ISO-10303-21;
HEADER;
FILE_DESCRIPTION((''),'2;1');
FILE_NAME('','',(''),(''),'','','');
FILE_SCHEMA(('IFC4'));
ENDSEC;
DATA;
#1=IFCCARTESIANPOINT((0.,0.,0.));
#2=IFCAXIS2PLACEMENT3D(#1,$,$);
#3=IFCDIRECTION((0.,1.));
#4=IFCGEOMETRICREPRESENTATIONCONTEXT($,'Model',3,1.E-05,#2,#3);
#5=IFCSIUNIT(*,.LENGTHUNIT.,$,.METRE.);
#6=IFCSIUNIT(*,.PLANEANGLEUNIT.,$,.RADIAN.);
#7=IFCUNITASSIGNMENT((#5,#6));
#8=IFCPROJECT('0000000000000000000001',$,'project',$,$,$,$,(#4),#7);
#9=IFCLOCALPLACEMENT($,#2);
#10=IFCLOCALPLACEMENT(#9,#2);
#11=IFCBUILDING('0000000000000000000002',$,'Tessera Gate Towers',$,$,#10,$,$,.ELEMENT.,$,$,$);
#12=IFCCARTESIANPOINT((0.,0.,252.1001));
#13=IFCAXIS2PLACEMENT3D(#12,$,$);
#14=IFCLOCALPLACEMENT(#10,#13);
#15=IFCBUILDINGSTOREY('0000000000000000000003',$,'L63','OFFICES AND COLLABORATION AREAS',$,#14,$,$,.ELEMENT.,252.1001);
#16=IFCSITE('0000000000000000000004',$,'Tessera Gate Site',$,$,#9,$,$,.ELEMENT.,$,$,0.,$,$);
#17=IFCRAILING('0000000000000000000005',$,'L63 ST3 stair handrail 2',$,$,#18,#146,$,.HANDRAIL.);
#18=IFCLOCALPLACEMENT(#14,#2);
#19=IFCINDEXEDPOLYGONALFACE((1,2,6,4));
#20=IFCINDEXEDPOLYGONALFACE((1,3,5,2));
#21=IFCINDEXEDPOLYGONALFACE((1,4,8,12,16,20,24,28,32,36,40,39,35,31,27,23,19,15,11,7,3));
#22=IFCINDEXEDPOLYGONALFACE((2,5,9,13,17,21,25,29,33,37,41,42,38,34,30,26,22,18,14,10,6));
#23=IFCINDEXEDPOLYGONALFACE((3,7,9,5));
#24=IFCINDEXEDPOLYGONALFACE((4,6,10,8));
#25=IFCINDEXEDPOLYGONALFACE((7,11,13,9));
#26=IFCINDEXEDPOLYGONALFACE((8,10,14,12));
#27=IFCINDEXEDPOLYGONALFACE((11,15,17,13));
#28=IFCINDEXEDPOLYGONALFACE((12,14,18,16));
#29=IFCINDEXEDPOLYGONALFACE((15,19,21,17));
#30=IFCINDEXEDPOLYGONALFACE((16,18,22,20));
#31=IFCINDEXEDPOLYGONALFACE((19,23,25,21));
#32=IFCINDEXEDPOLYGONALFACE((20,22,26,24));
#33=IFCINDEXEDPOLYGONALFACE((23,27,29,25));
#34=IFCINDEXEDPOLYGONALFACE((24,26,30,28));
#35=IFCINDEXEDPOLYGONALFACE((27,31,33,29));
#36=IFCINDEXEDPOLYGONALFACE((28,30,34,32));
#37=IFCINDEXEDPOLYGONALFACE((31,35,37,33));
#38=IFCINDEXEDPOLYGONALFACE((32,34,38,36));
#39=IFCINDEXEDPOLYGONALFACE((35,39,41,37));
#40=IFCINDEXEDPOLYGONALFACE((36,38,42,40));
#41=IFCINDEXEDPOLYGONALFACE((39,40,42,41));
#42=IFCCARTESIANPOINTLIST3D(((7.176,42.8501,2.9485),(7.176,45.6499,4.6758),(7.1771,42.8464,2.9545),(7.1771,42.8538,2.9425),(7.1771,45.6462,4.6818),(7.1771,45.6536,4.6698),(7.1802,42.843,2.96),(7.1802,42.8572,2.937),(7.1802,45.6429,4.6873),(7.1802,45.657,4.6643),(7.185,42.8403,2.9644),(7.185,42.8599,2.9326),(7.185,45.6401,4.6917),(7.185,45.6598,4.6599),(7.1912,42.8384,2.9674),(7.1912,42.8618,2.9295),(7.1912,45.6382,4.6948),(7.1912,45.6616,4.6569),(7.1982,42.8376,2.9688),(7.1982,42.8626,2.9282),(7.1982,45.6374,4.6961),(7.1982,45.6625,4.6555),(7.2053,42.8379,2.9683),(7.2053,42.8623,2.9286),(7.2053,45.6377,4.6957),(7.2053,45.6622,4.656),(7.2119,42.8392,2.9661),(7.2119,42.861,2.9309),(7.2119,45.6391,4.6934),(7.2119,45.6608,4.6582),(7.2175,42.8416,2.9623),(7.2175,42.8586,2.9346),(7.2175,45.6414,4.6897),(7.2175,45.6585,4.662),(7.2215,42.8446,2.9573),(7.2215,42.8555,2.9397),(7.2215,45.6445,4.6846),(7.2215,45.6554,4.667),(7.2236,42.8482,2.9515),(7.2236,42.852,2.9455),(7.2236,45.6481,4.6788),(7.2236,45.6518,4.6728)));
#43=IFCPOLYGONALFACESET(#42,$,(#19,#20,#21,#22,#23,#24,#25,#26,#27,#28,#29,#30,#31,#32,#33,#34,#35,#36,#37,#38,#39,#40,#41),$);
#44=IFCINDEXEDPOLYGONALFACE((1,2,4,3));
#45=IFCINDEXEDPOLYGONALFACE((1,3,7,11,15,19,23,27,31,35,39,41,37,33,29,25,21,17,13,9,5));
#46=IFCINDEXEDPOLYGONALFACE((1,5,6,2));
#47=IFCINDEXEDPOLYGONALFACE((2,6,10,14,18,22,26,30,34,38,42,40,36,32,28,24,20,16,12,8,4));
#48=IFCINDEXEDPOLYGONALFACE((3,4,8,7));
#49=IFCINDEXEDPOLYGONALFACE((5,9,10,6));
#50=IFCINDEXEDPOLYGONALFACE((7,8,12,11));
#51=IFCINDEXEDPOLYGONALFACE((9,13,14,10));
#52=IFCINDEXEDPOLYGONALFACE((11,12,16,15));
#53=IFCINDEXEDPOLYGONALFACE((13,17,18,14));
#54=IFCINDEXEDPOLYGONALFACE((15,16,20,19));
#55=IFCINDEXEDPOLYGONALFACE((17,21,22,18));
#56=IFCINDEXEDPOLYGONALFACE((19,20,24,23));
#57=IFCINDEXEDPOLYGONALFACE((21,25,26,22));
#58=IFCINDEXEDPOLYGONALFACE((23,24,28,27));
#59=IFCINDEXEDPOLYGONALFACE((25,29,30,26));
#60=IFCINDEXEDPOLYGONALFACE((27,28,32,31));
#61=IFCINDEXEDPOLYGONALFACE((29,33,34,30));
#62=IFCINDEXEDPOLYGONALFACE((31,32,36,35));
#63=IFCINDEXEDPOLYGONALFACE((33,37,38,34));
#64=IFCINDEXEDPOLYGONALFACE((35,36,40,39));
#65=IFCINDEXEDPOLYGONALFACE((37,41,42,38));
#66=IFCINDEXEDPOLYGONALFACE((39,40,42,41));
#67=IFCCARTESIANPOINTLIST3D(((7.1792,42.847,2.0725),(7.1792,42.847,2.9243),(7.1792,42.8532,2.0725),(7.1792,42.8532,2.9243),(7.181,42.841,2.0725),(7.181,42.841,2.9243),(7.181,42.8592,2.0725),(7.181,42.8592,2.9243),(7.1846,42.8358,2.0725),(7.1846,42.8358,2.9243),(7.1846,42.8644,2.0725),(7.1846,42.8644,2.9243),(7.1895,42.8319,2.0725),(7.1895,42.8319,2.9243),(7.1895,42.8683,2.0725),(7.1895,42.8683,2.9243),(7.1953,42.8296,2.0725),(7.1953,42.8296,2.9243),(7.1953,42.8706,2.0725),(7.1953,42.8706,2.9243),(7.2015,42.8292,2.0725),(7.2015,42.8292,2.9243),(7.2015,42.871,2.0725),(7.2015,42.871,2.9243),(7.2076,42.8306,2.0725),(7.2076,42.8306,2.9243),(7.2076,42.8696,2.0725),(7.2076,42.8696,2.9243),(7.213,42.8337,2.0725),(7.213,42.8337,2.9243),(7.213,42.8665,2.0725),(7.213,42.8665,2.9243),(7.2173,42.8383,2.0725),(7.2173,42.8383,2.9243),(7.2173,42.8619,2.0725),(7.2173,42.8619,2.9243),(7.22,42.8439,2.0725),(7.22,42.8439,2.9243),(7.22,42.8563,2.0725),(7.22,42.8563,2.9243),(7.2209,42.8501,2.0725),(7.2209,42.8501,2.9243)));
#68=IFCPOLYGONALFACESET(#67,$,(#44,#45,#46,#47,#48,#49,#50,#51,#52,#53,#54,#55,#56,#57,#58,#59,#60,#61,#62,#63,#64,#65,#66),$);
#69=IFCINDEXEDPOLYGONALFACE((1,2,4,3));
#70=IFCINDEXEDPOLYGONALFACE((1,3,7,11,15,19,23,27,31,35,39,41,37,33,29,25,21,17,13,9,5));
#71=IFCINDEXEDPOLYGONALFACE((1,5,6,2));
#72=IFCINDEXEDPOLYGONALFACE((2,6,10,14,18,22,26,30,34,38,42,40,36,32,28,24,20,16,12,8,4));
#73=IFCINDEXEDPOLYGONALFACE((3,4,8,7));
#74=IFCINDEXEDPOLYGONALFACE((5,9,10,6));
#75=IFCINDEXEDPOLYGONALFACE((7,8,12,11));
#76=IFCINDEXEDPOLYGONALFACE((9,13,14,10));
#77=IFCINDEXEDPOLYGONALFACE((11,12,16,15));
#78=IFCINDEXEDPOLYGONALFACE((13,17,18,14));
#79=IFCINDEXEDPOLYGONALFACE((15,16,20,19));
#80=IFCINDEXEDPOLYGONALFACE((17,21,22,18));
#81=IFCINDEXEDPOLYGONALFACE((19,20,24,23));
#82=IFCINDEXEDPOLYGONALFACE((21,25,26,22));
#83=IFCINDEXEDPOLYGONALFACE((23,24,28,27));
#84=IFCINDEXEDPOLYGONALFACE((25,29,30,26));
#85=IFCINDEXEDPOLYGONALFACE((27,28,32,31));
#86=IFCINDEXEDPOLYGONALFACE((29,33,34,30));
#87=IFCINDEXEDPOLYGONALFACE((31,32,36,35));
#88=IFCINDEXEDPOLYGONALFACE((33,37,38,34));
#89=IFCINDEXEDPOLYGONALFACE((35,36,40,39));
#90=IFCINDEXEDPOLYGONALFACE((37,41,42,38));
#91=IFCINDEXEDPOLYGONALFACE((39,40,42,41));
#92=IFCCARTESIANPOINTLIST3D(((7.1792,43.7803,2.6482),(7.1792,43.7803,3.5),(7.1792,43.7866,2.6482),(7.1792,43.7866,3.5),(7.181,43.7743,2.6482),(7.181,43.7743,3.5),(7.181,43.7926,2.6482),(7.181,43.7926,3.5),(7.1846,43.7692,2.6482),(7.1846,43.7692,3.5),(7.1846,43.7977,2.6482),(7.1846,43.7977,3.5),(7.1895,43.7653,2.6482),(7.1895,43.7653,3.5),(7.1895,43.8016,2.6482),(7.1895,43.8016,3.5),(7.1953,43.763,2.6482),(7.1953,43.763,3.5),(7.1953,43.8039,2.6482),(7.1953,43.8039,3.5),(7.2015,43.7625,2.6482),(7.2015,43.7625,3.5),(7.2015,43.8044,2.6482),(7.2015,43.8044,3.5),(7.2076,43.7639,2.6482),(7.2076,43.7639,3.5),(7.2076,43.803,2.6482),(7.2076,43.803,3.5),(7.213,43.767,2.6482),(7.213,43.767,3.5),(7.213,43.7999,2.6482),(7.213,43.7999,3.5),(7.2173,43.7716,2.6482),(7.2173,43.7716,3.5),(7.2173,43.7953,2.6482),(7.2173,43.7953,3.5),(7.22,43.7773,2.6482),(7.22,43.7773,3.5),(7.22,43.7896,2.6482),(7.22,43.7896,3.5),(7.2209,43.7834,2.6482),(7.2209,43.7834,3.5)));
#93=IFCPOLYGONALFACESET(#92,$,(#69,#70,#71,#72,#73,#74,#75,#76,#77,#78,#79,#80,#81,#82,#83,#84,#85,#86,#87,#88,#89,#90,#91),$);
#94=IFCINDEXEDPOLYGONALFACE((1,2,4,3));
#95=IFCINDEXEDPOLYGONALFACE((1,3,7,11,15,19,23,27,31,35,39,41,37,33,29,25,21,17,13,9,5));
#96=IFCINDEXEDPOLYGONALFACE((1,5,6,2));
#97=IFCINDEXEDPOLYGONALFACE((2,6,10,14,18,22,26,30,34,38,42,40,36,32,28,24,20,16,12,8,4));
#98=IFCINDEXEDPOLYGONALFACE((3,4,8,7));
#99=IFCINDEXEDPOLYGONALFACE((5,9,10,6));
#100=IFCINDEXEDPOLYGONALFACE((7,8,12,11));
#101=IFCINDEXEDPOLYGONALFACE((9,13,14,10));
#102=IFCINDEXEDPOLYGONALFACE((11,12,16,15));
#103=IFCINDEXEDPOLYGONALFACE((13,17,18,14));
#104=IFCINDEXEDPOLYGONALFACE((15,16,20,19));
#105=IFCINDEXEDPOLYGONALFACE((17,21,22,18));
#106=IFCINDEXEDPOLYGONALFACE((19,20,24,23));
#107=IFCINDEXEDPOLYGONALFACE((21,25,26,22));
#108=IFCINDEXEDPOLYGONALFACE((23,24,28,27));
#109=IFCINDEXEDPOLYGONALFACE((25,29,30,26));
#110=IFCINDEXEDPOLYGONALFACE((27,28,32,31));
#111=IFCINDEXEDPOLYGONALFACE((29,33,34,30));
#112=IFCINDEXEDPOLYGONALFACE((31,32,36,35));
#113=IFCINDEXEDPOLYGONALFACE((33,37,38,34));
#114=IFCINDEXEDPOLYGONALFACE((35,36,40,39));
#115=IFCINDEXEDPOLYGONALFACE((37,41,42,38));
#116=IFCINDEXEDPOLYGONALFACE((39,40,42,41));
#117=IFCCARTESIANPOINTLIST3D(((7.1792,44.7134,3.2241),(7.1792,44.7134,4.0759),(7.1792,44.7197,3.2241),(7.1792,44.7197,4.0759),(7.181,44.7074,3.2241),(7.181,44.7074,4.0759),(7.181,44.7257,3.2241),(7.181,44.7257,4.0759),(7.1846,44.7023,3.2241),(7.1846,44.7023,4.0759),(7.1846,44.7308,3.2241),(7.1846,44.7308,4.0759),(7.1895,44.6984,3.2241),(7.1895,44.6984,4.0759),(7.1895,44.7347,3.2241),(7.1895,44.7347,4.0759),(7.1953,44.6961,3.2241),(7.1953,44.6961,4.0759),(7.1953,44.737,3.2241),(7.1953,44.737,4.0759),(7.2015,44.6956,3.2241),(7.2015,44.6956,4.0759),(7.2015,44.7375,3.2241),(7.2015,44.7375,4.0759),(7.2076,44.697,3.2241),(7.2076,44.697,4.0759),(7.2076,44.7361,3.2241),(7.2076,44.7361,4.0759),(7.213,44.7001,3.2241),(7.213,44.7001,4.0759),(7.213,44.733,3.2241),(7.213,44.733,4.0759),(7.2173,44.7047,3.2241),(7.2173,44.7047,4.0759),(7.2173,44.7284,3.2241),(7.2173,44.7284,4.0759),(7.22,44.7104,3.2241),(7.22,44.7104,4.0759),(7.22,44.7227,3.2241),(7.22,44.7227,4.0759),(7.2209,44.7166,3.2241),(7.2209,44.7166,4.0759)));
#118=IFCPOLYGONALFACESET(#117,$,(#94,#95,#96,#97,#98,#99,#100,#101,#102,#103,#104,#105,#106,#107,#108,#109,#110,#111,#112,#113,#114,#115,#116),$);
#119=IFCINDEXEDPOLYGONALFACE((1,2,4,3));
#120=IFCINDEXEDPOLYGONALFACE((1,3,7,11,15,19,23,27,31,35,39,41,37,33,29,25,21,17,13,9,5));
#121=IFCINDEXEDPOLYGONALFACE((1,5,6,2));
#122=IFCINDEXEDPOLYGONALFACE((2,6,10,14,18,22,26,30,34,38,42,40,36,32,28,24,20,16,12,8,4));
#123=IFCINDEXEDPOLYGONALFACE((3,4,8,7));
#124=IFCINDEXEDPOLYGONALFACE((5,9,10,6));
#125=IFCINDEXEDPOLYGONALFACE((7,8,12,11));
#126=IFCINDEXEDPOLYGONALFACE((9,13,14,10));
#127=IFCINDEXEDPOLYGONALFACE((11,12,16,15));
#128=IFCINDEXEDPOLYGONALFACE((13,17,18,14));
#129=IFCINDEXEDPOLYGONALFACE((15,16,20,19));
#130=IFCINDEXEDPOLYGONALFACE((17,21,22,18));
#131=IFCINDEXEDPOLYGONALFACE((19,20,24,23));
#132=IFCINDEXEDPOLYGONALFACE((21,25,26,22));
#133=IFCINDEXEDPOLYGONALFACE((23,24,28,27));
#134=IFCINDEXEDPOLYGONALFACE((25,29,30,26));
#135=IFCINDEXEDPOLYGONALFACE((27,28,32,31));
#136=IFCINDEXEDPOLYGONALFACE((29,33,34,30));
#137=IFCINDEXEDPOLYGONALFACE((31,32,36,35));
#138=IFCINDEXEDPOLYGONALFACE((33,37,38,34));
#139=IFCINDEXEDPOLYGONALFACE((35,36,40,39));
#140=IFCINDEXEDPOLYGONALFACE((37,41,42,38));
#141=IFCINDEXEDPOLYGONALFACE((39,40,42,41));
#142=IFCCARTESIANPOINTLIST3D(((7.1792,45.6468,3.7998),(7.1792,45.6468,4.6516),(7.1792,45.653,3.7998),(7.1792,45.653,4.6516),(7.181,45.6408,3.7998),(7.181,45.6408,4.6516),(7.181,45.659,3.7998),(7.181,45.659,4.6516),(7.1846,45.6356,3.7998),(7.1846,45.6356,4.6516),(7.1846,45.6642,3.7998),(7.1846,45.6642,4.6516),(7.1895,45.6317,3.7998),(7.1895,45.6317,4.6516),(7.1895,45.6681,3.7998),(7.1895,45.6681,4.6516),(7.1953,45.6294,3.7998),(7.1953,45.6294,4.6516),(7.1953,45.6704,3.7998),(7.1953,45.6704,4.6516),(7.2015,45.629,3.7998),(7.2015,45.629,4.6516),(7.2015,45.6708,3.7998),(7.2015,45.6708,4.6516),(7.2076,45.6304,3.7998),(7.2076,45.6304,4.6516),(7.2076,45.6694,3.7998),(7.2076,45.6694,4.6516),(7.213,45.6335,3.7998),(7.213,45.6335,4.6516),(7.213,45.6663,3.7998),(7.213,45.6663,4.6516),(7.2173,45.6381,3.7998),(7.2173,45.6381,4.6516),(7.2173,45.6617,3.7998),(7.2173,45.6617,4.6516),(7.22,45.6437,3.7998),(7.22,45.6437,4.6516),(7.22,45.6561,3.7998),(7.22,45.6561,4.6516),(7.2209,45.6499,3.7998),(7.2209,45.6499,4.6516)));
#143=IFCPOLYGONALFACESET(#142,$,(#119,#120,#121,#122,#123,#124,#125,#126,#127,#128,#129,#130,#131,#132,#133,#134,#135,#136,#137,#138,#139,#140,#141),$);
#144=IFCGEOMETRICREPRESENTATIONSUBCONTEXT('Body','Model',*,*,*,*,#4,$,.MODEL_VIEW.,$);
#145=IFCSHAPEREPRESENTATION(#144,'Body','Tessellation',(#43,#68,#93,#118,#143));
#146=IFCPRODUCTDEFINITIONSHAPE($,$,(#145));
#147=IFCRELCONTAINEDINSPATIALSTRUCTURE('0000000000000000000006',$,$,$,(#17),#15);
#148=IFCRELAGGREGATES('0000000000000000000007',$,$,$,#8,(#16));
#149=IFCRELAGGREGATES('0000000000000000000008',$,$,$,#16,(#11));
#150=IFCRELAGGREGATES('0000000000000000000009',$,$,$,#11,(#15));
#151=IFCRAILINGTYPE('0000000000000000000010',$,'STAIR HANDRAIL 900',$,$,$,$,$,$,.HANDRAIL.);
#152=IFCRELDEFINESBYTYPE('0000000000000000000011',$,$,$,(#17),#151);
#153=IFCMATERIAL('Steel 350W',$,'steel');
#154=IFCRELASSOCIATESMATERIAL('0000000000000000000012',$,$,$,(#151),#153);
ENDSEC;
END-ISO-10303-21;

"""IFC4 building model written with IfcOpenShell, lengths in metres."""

from ifc_helpers import new_model, si_unit, direction, frame, origin, origin_2d, place, context, subcontext, project, spatial, circle, extrude, material, type_object, element, save


model = new_model("IFC4")

# Units and contexts
model_context = context("Model", 3, precision=1e-05, world=origin(), true_north=direction((0.0, 1.0)))
body_context = subcontext(model_context, "Body", "Model", "MODEL_VIEW")
ifc_project = project(units=[si_unit("LENGTHUNIT", "METRE"), si_unit("PLANEANGLEUNIT", "RADIAN")], contexts=[model_context])

# Site, building, storey
site_placement = place(None, origin())
site = spatial("IfcSite", under=ifc_project, at=site_placement, Name="Tessera Gate Site", CompositionType="ELEMENT", RefElevation=0.0)
building_placement = place(site_placement, origin())
building = spatial("IfcBuilding", under=site, at=building_placement, Name="Tessera Gate Towers", CompositionType="ELEMENT")
storey_placement = place(building_placement, frame((0.0, 0.0, 252.1001)))
storey = spatial("IfcBuildingStorey", under=building, at=storey_placement, Name="L63", Description="OFFICES AND COLLABORATION AREAS", CompositionType="ELEMENT", Elevation=252.1001)

# Railing
ifc_material_1 = material(Name="Steel 350W", Category="steel")
railing_type_1 = type_object("IfcRailingType", Name="STAIR HANDRAIL 900", PredefinedType="HANDRAIL", material=ifc_material_1)
railing_1_placement = place(storey_placement, frame((7.2, 42.8501, 2.0725)))
element("IfcRailing", 1, at=railing_1_placement, inside=storey, type_object=railing_type_1, Name="L63 ST3 stair handrail 2", PredefinedType="HANDRAIL", context=body_context, shape_type="SweptSolid", body=[
    extrude(circle(Radius=0.0239, at=origin_2d()), frame((0.0, 0.0, 0.876), z_axis=(0.0, 0.851069, 0.525054), x_axis=(-1.0, 0.0, 0.0)), (0.0, 0.0, 1.0), 3.2898),
    extrude(circle(Radius=0.021, at=origin_2d()), origin(), (0.0, 0.0, 1.0), 0.8518),
    extrude(circle(Radius=0.021, at=origin_2d()), frame((0.0, 0.9333, 0.5757)), (0.0, 0.0, 1.0), 0.8518),
    extrude(circle(Radius=0.021, at=origin_2d()), frame((0.0, 1.8665, 1.1516)), (0.0, 0.0, 1.0), 0.8518),
    extrude(circle(Radius=0.021, at=origin_2d()), frame((0.0, 2.7998, 1.7273)), (0.0, 0.0, 1.0), 0.8518),
])

save(model, "model.ifc")
